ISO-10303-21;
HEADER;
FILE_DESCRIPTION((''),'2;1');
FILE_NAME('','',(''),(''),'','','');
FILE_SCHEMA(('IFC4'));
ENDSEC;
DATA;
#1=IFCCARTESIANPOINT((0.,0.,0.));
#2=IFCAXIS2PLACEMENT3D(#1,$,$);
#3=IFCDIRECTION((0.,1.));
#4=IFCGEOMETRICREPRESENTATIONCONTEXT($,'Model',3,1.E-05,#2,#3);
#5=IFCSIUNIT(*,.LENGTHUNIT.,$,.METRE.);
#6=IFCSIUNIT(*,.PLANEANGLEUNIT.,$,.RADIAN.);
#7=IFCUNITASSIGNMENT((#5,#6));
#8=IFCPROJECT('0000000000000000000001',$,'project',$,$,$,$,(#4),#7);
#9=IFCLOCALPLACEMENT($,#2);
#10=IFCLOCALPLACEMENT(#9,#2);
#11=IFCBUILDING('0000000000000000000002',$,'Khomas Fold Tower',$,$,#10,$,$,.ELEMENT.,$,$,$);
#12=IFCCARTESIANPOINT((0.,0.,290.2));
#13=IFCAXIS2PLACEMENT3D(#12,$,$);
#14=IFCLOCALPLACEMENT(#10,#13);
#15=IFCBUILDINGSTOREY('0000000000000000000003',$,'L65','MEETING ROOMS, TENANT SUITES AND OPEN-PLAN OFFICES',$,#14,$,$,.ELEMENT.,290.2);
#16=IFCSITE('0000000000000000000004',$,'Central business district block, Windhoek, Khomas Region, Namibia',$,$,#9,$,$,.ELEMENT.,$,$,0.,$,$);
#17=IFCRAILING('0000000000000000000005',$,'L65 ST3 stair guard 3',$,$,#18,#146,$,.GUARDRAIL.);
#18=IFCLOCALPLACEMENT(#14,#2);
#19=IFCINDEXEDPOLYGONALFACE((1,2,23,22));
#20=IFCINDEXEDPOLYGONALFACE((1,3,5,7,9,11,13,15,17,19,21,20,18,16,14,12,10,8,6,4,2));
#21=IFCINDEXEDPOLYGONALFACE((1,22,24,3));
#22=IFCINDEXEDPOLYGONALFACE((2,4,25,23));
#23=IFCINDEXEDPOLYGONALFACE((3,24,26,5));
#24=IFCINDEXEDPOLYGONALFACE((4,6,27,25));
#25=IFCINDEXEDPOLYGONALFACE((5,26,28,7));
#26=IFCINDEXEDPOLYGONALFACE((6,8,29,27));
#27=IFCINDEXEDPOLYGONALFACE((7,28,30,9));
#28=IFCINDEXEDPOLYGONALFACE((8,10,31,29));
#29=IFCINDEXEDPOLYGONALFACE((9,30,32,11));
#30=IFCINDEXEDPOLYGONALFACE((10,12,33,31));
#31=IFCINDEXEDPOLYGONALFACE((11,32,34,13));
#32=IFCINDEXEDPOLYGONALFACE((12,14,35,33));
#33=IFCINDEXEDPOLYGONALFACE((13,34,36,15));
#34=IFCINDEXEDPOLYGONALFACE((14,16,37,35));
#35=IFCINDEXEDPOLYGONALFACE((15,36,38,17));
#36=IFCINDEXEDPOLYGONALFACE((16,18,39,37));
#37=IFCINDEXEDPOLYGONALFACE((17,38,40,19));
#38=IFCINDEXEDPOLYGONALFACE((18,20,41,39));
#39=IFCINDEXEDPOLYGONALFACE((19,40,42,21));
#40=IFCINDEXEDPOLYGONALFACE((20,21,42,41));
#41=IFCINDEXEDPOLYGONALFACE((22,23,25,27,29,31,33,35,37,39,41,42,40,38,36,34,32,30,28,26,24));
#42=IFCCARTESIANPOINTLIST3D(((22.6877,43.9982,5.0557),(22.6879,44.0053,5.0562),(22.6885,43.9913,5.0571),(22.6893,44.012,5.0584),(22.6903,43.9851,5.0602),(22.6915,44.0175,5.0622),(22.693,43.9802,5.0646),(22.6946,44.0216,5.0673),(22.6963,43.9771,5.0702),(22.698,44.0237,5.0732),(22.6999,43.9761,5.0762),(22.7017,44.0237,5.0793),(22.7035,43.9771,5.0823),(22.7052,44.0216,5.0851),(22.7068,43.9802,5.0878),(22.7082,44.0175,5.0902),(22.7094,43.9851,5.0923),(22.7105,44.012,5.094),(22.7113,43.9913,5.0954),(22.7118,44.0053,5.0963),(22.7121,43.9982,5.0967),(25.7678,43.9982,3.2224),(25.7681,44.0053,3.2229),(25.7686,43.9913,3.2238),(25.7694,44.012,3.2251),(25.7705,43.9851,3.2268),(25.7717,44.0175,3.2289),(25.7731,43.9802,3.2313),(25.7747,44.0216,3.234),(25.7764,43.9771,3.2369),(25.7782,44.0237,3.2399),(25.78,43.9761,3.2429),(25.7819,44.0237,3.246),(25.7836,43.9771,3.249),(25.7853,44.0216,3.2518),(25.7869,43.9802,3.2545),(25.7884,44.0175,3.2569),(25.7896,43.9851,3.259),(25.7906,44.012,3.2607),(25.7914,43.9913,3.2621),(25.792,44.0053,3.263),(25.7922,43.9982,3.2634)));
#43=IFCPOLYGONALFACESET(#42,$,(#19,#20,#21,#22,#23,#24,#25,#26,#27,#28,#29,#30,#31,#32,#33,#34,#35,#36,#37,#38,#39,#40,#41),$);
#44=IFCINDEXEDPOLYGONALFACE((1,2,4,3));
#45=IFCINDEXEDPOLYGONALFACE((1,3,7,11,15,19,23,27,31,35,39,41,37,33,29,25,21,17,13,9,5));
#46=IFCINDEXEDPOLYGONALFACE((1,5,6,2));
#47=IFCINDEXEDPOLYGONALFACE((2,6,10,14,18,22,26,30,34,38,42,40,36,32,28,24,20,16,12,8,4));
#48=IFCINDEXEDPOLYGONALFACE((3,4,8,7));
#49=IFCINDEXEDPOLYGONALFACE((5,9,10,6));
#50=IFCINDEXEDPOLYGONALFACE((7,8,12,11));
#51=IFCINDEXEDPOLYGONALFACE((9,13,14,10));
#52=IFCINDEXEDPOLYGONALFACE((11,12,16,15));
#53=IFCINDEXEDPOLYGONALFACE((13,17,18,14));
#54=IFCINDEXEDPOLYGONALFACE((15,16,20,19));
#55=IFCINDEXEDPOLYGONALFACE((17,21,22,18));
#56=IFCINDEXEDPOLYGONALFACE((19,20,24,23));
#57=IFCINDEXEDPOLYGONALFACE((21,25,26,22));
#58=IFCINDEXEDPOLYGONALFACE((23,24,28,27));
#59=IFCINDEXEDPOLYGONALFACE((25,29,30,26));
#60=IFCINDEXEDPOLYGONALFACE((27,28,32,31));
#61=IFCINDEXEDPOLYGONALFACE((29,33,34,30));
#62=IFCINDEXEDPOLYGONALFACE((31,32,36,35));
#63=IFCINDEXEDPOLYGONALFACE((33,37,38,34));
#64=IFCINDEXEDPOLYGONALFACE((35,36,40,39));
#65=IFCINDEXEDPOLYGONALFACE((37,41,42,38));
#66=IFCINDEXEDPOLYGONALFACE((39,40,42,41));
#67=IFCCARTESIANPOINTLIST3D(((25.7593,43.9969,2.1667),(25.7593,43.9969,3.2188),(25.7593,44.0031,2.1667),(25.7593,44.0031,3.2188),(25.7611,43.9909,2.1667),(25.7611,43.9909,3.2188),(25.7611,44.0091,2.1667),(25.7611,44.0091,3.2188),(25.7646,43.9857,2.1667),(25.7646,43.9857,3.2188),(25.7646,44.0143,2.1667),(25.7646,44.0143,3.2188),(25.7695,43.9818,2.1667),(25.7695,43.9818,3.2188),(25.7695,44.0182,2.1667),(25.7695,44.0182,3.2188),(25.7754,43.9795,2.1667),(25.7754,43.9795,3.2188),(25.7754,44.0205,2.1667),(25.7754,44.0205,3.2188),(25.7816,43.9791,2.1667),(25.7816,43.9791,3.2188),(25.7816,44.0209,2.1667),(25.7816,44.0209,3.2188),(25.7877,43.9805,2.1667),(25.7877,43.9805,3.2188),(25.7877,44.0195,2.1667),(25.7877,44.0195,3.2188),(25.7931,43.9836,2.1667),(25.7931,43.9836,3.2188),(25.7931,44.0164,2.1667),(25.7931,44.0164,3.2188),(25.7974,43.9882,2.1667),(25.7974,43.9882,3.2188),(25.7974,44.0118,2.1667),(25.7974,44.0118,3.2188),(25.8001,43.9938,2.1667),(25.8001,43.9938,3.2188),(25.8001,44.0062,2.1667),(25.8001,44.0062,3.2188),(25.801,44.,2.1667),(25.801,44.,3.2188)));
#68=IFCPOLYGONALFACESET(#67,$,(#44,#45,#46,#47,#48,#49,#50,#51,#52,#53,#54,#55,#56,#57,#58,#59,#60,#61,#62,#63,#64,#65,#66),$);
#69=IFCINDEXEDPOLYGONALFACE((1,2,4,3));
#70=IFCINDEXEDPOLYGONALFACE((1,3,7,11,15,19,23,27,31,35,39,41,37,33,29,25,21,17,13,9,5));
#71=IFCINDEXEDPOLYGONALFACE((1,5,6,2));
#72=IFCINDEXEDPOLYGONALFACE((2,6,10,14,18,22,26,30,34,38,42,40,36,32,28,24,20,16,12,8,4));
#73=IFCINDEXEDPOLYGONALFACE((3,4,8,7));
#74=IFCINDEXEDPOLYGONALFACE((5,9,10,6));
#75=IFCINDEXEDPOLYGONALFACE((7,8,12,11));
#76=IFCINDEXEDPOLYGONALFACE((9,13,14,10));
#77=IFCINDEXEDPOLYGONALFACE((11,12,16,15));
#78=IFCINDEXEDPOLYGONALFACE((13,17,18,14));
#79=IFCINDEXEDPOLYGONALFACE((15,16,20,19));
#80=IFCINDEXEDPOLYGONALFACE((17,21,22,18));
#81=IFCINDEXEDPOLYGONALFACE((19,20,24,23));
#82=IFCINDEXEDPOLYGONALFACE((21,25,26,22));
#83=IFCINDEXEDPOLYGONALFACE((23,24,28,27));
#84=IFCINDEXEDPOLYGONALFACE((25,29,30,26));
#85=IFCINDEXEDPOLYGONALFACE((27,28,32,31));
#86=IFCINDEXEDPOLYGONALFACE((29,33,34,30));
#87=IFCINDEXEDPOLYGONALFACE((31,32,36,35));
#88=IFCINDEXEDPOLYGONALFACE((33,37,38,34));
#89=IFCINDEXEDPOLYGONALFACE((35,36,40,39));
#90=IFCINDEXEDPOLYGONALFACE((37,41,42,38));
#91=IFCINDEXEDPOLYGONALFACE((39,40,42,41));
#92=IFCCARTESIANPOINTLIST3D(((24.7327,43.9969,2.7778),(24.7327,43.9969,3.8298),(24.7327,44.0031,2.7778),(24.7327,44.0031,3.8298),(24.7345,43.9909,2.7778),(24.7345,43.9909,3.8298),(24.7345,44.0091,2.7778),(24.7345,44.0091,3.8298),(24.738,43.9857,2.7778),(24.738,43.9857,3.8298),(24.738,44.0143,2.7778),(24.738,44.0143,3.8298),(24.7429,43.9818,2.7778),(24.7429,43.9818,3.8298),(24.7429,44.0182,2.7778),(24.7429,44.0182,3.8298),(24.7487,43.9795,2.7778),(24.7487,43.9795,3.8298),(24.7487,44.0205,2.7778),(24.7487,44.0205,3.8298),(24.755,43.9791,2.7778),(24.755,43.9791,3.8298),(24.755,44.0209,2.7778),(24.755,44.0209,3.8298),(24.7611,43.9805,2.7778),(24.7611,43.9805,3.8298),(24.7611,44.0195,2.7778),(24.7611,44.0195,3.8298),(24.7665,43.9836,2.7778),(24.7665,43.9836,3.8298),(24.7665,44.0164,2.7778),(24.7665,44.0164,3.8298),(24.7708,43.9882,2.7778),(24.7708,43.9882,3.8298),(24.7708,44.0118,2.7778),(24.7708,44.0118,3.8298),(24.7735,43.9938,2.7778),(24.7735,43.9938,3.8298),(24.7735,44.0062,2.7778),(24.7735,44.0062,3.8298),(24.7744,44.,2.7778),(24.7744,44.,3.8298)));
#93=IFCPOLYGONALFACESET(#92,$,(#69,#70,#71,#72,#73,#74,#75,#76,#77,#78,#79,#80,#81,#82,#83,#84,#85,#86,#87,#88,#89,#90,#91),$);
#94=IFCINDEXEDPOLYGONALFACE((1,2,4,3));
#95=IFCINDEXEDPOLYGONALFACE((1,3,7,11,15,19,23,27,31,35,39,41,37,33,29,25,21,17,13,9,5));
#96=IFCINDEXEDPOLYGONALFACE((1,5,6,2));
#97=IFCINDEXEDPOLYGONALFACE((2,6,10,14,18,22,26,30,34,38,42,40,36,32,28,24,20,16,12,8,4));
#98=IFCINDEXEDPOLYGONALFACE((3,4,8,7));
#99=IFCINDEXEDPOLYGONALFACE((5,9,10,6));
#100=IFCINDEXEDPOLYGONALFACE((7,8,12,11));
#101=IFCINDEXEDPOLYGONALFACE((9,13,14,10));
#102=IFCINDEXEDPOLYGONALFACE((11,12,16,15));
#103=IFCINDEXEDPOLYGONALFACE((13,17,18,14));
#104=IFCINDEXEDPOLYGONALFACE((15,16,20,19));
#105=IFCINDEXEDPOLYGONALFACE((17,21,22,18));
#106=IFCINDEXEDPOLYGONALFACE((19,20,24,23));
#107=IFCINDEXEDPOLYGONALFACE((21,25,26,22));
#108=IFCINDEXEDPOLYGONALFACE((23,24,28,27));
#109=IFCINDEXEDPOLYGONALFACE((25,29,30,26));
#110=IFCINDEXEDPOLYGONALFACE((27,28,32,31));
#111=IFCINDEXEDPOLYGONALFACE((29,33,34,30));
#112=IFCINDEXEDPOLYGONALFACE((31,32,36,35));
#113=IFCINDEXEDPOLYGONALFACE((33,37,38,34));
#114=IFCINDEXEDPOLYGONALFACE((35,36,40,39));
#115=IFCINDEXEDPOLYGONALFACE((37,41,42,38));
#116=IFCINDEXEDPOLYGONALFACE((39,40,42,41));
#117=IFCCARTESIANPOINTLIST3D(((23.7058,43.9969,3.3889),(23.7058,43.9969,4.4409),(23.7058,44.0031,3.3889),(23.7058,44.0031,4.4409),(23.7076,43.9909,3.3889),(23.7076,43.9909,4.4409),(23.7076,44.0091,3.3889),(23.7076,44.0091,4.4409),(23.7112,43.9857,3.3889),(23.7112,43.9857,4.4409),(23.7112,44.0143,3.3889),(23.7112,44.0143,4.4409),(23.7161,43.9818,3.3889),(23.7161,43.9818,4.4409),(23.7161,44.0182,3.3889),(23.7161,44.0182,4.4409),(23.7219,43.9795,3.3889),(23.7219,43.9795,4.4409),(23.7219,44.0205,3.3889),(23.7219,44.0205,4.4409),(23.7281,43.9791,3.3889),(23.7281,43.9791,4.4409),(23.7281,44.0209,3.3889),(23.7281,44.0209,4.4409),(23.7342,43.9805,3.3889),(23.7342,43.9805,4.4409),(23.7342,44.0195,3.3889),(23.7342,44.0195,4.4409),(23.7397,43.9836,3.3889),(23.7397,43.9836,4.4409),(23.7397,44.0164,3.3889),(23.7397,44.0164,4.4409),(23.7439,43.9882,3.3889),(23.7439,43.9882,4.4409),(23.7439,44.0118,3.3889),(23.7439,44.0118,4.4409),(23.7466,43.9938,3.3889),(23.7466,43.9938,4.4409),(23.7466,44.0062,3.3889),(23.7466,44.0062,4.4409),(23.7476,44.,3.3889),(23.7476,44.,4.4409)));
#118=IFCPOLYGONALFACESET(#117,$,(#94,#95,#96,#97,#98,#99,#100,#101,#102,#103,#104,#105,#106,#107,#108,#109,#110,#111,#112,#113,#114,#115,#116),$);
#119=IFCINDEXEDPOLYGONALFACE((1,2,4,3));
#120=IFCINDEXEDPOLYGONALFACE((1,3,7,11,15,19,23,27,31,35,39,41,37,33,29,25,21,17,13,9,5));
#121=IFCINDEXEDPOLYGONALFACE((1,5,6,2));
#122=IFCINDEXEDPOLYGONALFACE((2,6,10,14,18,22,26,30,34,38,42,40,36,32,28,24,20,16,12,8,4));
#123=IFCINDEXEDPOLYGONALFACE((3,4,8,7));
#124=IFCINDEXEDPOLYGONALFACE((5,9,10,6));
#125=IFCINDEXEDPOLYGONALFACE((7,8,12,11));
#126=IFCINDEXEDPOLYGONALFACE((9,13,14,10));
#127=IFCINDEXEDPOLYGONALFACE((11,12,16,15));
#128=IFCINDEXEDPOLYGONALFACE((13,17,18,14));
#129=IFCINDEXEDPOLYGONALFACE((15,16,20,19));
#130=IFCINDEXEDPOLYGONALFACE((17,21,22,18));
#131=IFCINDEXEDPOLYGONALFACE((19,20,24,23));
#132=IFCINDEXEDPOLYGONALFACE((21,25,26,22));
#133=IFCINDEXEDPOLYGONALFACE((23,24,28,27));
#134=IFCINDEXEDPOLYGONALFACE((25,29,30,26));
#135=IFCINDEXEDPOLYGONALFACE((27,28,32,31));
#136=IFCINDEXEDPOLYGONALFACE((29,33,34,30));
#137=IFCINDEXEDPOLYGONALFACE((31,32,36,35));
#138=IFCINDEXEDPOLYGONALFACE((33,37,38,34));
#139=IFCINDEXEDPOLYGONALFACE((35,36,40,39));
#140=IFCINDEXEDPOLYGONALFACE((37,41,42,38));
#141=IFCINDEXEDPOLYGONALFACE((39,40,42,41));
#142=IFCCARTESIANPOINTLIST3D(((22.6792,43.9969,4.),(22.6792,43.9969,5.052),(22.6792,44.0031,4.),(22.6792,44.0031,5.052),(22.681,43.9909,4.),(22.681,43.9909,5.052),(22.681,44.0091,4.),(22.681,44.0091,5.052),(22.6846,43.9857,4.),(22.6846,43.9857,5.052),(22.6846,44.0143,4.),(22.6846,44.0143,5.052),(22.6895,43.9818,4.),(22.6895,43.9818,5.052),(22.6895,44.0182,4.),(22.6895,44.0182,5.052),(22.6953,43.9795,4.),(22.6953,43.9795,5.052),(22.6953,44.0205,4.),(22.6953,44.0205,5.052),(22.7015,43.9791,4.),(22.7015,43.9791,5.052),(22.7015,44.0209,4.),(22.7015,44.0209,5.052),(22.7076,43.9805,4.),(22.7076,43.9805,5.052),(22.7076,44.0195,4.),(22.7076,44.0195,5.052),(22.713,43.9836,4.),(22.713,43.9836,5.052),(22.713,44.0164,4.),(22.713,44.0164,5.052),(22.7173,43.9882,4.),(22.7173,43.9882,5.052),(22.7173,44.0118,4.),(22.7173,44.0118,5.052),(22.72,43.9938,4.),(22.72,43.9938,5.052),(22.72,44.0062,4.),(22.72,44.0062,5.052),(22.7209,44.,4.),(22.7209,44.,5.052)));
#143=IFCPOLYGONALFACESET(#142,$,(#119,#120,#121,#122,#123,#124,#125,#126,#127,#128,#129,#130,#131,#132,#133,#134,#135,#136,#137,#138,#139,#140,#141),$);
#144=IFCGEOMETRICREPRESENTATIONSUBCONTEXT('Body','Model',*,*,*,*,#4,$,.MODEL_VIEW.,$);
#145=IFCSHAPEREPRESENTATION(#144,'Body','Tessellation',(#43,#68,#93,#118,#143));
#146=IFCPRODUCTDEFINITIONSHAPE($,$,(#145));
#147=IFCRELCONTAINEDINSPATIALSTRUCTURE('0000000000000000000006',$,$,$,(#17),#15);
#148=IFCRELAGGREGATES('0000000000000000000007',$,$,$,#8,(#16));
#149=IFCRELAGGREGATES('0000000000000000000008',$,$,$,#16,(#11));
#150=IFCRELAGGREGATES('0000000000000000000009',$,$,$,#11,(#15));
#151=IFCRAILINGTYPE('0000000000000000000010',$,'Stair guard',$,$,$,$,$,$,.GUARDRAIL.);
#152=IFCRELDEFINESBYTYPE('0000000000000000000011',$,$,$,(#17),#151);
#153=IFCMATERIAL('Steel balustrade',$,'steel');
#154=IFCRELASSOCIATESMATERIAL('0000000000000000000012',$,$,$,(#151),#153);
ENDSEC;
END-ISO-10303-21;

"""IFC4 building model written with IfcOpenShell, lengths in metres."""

from ifc_helpers import new_model, si_unit, direction, frame, origin, origin_2d, place, context, subcontext, project, spatial, circle, extrude, source, transform, mapped, material, type_object, element, save


model = new_model("IFC4")

# Units and contexts
model_context = context("Model", 3, precision=1e-05, world=origin(), true_north=direction((0.0, 1.0)))
body_context = subcontext(model_context, "Body", "Model", "MODEL_VIEW")
ifc_project = project(units=[si_unit("LENGTHUNIT", "METRE"), si_unit("PLANEANGLEUNIT", "RADIAN")], contexts=[model_context])

# Site, building, storey
site_placement = place(None, origin())
site = spatial("IfcSite", under=ifc_project, at=site_placement, Name="Central business district block, Windhoek, Khomas Region, Namibia", CompositionType="ELEMENT", RefElevation=0.0)
building_placement = place(site_placement, origin())
building = spatial("IfcBuilding", under=site, at=building_placement, Name="Khomas Fold Tower", CompositionType="ELEMENT")
storey_placement = place(building_placement, frame((0.0, 0.0, 290.2)))
storey = spatial("IfcBuildingStorey", under=building, at=storey_placement, Name="L65", Description="MEETING ROOMS, TENANT SUITES AND OPEN-PLAN OFFICES", CompositionType="ELEMENT", Elevation=290.2)

# Railing
ifc_material_1 = material(Name="Steel balustrade", Category="steel")
railing_type_1 = type_object("IfcRailingType", Name="Stair guard", PredefinedType="GUARDRAIL", material=ifc_material_1)
shared_shape_1 = source(origin(), body_context, "Body", "SweptSolid", [
    extrude(circle(Radius=0.0239, at=origin_2d()), frame((0.0, 0.0, 1.0762), z_axis=(-0.859309, 0.0, 0.511458), x_axis=(0.0, -1.0, 0.0)), (0.0, 0.0, 1.0), 3.5845),
    extrude(circle(Radius=0.021, at=origin_2d()), origin(), (0.0, 0.0, 1.0), 1.052),
    extrude(circle(Radius=0.021, at=origin_2d()), frame((-1.0266, 0.0, 0.6111)), (0.0, 0.0, 1.0), 1.052),
    extrude(circle(Radius=0.021, at=origin_2d()), frame((-2.0535, 0.0, 1.2222)), (0.0, 0.0, 1.0), 1.052),
    extrude(circle(Radius=0.021, at=origin_2d()), frame((-3.0801, 0.0, 1.8333)), (0.0, 0.0, 1.0), 1.052),
])
railing_1_placement = place(storey_placement, frame((25.78, 44.0, 2.1667)))
element("IfcRailing", 1, at=railing_1_placement, inside=storey, type_object=railing_type_1, Name="L65 ST3 stair guard 3", PredefinedType="GUARDRAIL", context=body_context, shape_type="MappedRepresentation", body=[
    mapped(shared_shape_1, transform((0.0, 0.0, 0.0))),
])

save(model, "model.ifc")
